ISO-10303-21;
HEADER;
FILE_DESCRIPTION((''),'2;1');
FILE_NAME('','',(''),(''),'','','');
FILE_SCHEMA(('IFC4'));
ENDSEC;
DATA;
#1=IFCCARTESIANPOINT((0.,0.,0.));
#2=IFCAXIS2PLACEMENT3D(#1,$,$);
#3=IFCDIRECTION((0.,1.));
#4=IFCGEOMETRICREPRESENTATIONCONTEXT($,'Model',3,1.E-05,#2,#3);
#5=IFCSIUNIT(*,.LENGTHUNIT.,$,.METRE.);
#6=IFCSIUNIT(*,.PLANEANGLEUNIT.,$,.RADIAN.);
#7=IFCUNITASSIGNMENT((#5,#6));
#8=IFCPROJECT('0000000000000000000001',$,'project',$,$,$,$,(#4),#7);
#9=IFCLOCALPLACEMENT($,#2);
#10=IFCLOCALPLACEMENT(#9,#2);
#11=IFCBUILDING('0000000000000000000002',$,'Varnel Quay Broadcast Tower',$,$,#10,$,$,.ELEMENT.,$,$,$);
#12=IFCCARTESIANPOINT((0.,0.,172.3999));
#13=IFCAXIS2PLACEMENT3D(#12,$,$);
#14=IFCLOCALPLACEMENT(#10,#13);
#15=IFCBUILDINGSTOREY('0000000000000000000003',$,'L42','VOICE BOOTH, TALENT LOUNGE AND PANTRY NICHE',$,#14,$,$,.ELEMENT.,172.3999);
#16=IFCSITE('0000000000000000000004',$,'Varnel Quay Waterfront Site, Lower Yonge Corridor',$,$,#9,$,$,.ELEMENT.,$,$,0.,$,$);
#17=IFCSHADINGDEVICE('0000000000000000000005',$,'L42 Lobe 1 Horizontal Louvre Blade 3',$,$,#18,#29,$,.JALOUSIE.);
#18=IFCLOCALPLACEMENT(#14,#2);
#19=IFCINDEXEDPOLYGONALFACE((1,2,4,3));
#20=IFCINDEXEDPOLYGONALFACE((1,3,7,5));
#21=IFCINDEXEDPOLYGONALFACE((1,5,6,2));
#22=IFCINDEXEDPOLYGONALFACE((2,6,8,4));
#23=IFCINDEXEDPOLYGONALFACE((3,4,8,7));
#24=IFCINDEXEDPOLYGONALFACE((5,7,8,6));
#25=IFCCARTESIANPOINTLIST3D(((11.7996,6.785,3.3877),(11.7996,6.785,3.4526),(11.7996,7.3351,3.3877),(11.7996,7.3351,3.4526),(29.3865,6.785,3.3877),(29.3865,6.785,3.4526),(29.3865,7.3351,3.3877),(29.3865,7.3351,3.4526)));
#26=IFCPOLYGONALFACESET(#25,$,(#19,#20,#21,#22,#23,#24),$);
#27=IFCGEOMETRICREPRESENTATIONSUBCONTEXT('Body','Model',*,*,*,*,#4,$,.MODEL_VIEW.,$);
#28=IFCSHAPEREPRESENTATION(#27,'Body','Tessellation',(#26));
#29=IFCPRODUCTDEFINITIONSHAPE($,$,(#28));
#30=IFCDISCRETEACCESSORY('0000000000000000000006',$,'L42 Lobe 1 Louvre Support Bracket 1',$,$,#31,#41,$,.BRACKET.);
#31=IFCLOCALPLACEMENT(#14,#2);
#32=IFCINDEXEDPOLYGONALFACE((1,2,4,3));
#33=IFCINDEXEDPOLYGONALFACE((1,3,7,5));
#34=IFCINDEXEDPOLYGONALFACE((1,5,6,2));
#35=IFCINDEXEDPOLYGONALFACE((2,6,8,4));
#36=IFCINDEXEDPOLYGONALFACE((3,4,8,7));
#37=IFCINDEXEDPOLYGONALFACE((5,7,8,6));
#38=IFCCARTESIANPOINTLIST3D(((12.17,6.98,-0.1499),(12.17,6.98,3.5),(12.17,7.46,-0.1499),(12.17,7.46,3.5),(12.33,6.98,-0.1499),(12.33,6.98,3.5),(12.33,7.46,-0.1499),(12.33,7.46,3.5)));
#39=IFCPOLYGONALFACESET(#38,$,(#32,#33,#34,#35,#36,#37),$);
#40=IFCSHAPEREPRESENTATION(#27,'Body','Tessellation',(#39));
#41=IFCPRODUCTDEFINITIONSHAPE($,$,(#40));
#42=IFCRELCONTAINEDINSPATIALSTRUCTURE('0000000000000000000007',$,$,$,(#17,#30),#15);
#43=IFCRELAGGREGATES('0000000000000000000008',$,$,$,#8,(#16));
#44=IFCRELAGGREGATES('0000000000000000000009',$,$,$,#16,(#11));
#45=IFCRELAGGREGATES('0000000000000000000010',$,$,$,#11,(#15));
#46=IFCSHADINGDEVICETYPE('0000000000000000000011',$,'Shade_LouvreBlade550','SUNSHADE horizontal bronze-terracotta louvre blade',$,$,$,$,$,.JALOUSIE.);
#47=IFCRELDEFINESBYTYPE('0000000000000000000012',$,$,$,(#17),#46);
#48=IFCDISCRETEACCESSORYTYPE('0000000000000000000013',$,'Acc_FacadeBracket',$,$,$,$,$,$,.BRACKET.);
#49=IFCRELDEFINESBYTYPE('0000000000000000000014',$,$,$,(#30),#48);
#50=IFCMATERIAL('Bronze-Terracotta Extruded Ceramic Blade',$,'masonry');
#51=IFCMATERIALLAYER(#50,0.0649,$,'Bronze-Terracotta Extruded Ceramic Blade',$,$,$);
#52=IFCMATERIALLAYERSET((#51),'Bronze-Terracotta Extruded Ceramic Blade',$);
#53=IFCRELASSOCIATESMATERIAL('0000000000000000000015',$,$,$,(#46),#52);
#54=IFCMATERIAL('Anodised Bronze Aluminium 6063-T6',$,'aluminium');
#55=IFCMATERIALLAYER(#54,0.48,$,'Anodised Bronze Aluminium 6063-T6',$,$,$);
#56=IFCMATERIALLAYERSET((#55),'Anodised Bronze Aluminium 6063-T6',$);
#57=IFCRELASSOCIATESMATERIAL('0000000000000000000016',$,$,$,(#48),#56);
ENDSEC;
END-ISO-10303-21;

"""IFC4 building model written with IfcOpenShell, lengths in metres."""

from ifc_helpers import new_model, si_unit, direction, frame, origin, origin_2d, place, context, subcontext, project, spatial, rectangle, extrude, source, transform, mapped, material, layer, layer_set, type_object, type_shapes, element, save


model = new_model("IFC4")

# Units and contexts
model_context = context("Model", 3, precision=1e-05, world=origin(), true_north=direction((0.0, 1.0)))
body_context = subcontext(model_context, "Body", "Model", "MODEL_VIEW")
ifc_project = project(units=[si_unit("LENGTHUNIT", "METRE"), si_unit("PLANEANGLEUNIT", "RADIAN")], contexts=[model_context])

# Site, building, storey
site_placement = place(None, origin())
site = spatial("IfcSite", under=ifc_project, at=site_placement, Name="Varnel Quay Waterfront Site, Lower Yonge Corridor", CompositionType="ELEMENT", RefElevation=0.0)
building_placement = place(site_placement, origin())
building = spatial("IfcBuilding", under=site, at=building_placement, Name="Varnel Quay Broadcast Tower", CompositionType="ELEMENT")
storey_placement = place(building_placement, frame((0.0, 0.0, 172.3999)))
storey = spatial("IfcBuildingStorey", under=building, at=storey_placement, Name="L42", Description="VOICE BOOTH, TALENT LOUNGE AND PANTRY NICHE", CompositionType="ELEMENT", Elevation=172.3999)

# Shared definitions
ifc_material_1 = material(Name="Anodised Bronze Aluminium 6063-T6", Category="aluminium")

# Shading device
ifc_material_2 = material(Name="Bronze-Terracotta Extruded Ceramic Blade", Category="masonry")
ifc_layer_1 = layer(ifc_material_2, 0.0649, Name="Bronze-Terracotta Extruded Ceramic Blade")
ifc_layer_set_1 = layer_set([ifc_layer_1], Name="Bronze-Terracotta Extruded Ceramic Blade")
shading_device_type = type_object("IfcShadingDeviceType", Name="Shade_LouvreBlade550", Description="SUNSHADE horizontal bronze-terracotta louvre blade", PredefinedType="JALOUSIE", material=ifc_layer_set_1)
shared_shape_1 = source(origin(), body_context, "Body", "SweptSolid", [
    extrude(rectangle(XDim=17.5869, YDim=0.55, at=origin_2d()), origin(), (0.0, 0.0, 1.0), 0.0649),
])
type_shapes(shading_device_type, [shared_shape_1])
for number, where, z_axis, x_axis, name in (
    (1, (20.593, 7.0601, 3.3877), (0.0, 0.0, 1.0), (1.0, 0.0, 0.0), "L42 Lobe 1 Horizontal Louvre Blade 3"),
):
    element("IfcShadingDevice", number, at=place(storey_placement, frame(where, z_axis=z_axis, x_axis=x_axis)), inside=storey, type_object=shading_device_type, Name=name, PredefinedType="JALOUSIE", context=body_context, shape_type="MappedRepresentation", body=[
        mapped(shared_shape_1, transform((0.0, 0.0, 0.0), x_axis=(1.0, 0.0, 0.0), y_axis=(0.0, 1.0, 0.0), z_axis=(0.0, 0.0, 1.0), scale=1.0)),
    ])

# Discrete accessory
ifc_layer_2 = layer(ifc_material_1, 0.48, Name="Anodised Bronze Aluminium 6063-T6")
ifc_layer_set_2 = layer_set([ifc_layer_2], Name="Anodised Bronze Aluminium 6063-T6")
discrete_accessory_type = type_object("IfcDiscreteAccessoryType", Name="Acc_FacadeBracket", PredefinedType="BRACKET", material=ifc_layer_set_2)
shared_shape_2 = source(origin(), body_context, "Body", "SweptSolid", [
    extrude(rectangle(XDim=0.1599, YDim=0.48, at=origin_2d()), origin(), (0.0, 0.0, 1.0), 3.6499),
])
type_shapes(discrete_accessory_type, [shared_shape_2])
discrete_accessory_placement = place(storey_placement, frame((12.25, 7.22, -0.1499), z_axis=(0.0, 0.0, 1.0), x_axis=(1.0, 0.0, 0.0)))
element("IfcDiscreteAccessory", 2, at=discrete_accessory_placement, inside=storey, type_object=discrete_accessory_type, Name="L42 Lobe 1 Louvre Support Bracket 1", PredefinedType="BRACKET", context=body_context, shape_type="MappedRepresentation", body=[
    mapped(shared_shape_2, transform((0.0, 0.0, 0.0), x_axis=(1.0, 0.0, 0.0), y_axis=(0.0, 1.0, 0.0), z_axis=(0.0, 0.0, 1.0), scale=1.0)),
])

save(model, "model.ifc")
